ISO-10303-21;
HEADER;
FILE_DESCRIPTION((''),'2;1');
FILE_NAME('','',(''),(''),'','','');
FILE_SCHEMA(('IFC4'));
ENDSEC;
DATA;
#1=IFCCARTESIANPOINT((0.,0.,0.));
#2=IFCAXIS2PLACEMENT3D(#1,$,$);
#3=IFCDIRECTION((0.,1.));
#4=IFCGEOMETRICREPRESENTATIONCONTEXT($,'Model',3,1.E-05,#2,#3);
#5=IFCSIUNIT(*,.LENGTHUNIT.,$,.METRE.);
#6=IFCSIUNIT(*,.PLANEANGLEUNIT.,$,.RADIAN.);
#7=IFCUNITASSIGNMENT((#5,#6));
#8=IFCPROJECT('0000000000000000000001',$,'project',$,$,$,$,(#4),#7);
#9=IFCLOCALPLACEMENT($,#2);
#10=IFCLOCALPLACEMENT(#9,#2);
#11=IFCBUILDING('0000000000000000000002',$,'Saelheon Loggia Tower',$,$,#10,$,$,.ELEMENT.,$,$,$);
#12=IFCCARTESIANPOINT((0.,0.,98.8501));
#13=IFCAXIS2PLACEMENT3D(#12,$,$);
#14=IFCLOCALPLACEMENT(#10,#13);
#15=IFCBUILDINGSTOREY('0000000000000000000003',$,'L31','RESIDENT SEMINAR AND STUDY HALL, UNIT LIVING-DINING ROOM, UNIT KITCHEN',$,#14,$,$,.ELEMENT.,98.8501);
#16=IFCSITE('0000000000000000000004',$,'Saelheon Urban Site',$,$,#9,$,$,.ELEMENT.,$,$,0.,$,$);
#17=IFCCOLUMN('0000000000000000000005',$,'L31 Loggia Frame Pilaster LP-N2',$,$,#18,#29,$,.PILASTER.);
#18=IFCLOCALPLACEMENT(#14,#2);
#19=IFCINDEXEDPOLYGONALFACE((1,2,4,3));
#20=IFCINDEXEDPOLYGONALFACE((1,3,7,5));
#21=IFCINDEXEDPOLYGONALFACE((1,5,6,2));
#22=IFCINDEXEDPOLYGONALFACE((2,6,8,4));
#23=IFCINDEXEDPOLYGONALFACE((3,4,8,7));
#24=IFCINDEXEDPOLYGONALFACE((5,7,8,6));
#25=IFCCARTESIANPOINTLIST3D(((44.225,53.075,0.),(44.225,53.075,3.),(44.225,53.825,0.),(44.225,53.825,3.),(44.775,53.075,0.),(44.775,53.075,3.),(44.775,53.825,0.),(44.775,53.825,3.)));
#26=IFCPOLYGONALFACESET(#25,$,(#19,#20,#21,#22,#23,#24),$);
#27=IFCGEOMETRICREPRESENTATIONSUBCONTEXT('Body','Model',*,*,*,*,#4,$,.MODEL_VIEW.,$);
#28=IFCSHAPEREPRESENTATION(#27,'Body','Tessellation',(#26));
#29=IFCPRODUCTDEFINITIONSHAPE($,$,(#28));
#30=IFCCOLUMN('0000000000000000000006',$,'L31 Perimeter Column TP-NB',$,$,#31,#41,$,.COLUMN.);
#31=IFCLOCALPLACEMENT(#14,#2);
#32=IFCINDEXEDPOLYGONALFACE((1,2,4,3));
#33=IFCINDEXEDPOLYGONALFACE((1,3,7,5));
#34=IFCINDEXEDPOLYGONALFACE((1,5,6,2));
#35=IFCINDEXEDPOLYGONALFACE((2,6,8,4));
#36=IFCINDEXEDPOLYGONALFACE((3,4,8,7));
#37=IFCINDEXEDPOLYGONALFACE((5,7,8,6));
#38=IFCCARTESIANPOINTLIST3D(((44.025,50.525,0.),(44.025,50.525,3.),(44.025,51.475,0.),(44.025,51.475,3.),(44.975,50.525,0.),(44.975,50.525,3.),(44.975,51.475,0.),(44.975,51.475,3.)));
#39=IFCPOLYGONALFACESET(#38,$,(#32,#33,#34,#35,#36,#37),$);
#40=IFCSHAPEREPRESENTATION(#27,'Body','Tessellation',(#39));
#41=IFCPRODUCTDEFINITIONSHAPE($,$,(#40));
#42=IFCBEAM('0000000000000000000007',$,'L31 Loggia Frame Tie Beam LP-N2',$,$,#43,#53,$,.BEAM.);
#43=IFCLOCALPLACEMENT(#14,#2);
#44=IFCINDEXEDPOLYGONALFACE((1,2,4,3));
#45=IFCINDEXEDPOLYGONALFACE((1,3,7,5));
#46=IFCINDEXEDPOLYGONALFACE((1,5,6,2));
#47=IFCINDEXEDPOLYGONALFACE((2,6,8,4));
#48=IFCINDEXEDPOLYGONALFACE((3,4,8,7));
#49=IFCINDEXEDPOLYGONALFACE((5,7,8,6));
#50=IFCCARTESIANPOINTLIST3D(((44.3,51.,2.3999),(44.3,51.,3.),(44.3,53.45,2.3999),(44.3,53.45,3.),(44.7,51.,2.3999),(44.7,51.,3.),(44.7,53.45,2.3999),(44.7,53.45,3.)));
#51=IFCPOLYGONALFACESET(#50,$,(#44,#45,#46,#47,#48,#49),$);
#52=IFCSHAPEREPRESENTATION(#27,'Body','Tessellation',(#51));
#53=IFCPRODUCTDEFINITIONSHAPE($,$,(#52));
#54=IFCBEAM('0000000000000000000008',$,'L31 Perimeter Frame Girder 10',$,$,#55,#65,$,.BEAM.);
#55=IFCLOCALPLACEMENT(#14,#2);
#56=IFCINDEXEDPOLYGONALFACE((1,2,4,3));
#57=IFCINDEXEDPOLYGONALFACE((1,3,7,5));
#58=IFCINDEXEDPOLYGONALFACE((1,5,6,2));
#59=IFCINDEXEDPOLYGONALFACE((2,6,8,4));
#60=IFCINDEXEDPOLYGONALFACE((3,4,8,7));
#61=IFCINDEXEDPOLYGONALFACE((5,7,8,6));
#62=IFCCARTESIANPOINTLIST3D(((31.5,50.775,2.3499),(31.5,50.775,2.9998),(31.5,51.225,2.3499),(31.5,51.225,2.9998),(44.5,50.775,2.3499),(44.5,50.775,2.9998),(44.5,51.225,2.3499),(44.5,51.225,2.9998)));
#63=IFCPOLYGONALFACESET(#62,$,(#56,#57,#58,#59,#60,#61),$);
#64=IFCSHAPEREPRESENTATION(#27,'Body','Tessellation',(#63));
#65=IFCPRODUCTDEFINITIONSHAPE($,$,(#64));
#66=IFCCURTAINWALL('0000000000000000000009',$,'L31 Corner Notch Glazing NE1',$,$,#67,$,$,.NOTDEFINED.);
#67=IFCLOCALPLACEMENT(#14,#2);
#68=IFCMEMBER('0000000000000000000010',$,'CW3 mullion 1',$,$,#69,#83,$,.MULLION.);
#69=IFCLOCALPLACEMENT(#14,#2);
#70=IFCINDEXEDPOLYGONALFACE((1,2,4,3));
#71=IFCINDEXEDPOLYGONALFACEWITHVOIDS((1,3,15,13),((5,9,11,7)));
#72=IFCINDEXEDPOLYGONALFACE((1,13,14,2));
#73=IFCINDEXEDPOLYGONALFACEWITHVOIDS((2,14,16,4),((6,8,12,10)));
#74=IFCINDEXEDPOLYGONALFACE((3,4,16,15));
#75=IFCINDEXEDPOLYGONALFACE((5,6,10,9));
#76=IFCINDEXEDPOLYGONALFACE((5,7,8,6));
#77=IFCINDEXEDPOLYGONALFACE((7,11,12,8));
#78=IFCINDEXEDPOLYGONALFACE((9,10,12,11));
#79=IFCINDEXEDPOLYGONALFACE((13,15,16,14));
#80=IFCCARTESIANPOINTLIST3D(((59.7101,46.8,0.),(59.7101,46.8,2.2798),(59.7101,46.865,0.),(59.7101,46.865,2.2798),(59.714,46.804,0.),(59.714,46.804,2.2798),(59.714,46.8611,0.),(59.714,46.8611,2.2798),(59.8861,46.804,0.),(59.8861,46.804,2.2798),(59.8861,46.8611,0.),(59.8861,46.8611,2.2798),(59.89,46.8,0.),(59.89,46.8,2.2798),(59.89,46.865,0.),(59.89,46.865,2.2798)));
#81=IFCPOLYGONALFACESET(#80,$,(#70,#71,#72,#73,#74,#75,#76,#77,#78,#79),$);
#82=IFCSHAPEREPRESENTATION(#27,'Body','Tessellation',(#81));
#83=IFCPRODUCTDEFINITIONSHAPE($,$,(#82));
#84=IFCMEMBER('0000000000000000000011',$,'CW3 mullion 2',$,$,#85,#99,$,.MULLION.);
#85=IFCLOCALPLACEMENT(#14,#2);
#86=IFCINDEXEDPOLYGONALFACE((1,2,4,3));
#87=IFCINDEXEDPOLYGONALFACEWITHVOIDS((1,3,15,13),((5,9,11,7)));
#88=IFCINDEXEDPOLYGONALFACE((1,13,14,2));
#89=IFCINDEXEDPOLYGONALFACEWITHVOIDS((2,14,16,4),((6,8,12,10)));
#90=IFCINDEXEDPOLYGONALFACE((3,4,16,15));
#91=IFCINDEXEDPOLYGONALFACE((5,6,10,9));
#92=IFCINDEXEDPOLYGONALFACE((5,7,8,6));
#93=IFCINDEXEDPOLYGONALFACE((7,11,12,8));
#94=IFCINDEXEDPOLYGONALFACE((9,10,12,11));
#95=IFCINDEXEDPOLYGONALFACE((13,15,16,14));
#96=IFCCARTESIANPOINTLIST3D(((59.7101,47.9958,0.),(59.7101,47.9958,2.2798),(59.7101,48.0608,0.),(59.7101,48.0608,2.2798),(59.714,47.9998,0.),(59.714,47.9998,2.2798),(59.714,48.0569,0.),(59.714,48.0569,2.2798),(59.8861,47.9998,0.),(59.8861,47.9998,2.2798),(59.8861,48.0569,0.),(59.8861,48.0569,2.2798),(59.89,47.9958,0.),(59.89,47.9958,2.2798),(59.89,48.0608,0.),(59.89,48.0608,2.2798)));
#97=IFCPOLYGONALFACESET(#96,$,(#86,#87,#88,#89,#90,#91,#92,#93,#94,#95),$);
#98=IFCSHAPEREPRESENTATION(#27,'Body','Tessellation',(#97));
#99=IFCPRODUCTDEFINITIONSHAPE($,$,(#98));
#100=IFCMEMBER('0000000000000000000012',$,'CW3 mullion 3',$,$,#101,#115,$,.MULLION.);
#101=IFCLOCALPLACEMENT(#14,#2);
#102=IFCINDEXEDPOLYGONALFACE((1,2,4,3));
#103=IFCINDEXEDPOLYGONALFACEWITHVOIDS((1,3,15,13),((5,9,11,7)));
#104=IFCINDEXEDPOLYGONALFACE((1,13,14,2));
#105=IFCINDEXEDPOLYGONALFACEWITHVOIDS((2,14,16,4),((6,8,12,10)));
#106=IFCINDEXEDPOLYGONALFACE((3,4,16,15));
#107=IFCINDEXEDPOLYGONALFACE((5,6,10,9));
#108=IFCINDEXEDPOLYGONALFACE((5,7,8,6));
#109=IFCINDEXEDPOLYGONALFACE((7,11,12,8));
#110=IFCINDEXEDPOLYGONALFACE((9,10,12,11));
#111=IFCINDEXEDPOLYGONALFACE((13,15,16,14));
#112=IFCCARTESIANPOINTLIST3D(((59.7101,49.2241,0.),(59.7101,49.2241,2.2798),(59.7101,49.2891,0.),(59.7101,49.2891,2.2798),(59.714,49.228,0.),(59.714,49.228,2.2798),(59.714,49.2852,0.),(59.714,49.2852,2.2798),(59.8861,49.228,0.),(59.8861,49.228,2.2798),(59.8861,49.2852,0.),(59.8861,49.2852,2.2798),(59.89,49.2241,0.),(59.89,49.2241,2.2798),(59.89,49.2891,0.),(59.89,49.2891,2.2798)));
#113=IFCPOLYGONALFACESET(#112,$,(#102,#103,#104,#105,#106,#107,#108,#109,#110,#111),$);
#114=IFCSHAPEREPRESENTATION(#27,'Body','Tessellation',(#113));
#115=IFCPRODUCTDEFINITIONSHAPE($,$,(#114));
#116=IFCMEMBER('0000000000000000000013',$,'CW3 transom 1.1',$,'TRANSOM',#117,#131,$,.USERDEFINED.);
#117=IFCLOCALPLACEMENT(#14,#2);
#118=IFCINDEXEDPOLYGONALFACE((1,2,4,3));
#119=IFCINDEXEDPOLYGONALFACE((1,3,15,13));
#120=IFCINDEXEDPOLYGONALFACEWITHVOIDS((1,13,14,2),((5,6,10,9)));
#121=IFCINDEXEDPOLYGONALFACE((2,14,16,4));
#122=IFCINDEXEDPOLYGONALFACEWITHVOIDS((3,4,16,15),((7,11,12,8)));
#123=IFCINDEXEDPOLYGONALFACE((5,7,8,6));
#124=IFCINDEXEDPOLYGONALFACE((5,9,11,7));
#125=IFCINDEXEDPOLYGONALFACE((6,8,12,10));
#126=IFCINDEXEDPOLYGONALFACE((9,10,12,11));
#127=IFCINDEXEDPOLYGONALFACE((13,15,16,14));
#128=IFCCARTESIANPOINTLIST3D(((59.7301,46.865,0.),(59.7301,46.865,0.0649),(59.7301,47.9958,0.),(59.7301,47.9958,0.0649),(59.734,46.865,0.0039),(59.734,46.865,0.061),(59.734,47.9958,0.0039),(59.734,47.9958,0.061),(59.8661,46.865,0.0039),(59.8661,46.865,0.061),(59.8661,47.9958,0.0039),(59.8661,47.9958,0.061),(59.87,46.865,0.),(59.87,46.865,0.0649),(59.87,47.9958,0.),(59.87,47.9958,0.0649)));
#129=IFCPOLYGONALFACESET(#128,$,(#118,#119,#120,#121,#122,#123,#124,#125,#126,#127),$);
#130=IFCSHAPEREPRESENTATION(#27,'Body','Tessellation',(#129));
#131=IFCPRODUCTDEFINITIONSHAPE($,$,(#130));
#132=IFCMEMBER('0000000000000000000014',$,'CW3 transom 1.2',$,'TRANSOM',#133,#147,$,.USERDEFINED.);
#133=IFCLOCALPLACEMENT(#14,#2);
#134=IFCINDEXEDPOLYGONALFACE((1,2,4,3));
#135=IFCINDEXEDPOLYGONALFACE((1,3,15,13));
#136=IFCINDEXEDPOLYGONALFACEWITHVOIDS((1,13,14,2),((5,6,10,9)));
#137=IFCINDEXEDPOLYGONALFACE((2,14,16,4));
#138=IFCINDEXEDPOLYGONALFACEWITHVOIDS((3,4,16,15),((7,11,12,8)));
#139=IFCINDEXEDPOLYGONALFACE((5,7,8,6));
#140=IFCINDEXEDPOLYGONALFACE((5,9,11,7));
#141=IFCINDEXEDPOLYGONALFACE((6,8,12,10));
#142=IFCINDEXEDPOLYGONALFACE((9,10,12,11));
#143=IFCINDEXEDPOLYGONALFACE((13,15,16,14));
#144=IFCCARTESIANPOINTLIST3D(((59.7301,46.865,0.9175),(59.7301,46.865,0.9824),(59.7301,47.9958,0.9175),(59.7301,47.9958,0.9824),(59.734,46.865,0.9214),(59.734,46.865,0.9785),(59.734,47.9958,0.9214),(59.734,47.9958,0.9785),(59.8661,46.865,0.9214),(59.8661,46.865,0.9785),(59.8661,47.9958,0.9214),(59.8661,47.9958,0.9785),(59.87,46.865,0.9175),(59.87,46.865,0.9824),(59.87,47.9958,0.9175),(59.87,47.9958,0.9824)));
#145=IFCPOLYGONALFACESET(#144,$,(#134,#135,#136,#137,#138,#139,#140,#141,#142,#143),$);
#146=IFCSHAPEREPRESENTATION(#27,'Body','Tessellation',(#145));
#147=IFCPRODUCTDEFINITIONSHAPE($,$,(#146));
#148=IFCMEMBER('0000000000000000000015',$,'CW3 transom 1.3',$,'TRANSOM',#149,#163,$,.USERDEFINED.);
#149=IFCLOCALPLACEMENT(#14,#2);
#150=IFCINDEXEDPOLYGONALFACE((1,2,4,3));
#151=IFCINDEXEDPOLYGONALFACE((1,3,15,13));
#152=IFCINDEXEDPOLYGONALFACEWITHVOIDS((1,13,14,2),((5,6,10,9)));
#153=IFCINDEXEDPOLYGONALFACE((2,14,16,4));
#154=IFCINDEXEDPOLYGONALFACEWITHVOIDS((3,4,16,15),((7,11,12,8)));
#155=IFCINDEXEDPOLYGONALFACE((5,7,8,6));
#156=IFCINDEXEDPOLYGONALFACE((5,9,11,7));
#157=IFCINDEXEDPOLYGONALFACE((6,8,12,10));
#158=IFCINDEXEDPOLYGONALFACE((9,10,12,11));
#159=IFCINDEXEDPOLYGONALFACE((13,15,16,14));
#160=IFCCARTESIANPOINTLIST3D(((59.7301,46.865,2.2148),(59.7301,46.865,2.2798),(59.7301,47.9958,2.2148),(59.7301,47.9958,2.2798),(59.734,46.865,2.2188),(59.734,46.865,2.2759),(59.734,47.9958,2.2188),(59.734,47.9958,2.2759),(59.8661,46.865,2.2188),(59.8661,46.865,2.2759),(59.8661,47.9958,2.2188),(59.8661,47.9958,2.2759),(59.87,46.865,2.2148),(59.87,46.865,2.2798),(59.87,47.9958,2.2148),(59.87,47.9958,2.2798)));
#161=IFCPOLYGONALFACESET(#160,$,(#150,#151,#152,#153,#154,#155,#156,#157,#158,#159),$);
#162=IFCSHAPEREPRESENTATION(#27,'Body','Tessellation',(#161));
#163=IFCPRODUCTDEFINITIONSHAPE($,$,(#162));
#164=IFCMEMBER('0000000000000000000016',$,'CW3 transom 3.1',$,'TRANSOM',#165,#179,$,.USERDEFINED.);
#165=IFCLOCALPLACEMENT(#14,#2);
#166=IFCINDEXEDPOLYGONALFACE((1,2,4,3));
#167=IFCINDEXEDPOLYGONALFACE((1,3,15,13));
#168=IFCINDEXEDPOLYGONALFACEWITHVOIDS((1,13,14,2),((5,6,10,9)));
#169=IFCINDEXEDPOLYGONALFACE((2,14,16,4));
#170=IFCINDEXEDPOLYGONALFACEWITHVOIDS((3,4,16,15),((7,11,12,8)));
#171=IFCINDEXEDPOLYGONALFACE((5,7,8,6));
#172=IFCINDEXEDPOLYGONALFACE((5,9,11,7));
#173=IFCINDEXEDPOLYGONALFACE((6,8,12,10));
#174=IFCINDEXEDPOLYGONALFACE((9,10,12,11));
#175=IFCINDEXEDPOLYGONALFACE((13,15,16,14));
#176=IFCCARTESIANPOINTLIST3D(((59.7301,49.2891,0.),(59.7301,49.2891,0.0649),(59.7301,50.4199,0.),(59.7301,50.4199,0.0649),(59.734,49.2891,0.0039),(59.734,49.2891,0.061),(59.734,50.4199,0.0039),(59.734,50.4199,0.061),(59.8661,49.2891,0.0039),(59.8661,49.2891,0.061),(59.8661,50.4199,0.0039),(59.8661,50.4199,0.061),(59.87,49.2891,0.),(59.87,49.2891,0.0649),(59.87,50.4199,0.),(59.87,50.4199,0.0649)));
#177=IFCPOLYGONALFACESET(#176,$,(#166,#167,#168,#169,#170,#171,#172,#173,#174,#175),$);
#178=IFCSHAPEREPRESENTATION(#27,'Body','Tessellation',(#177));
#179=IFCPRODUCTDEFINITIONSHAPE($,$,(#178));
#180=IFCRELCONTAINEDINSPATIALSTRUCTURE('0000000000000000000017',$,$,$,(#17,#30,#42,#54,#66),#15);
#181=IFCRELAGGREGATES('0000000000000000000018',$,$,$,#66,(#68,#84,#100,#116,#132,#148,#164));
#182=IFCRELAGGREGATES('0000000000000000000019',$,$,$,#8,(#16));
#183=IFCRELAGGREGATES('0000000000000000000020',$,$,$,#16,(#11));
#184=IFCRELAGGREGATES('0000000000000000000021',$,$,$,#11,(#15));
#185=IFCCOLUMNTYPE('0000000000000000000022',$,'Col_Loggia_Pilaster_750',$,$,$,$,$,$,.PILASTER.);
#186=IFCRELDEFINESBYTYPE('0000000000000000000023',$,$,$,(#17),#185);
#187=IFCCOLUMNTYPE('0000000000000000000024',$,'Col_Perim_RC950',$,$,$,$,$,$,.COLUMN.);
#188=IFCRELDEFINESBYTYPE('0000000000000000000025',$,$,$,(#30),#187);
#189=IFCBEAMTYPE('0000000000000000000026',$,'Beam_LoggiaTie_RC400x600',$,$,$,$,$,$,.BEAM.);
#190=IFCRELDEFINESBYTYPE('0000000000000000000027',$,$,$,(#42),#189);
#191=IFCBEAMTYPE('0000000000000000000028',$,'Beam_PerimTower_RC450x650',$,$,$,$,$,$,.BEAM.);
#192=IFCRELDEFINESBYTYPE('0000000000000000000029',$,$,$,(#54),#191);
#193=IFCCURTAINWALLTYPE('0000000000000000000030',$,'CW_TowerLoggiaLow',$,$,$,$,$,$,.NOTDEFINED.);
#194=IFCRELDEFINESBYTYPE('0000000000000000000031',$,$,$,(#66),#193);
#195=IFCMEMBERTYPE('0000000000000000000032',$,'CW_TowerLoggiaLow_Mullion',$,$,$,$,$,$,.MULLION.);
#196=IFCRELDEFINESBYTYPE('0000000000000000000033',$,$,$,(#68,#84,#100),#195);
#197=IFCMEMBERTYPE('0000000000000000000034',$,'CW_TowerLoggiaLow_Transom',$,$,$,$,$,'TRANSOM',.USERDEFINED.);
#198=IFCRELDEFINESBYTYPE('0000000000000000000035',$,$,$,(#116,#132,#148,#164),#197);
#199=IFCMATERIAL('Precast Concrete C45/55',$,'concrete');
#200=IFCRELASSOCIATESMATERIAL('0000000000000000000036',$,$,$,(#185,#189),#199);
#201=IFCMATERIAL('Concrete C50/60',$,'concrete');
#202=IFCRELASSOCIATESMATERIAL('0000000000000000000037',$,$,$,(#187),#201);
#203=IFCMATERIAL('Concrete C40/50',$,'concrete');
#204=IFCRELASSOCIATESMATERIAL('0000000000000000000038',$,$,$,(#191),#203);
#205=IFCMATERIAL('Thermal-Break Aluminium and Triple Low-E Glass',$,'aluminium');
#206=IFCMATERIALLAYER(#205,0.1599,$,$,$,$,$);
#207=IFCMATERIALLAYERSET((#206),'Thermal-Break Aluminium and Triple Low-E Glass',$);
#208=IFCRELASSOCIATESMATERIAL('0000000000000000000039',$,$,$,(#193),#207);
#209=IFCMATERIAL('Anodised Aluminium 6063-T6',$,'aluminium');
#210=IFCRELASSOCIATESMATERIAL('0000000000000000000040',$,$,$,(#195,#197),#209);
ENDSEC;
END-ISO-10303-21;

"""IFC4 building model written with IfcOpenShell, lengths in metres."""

from ifc_helpers import new_model, si_unit, direction, frame, origin, origin_2d, place, context, subcontext, project, spatial, rectangle, hollow_rectangle, extrude, source, transform, mapped, material, layer, layer_set, material_profile, profile_set, type_object, element, aggregate, save


model = new_model("IFC4")

# Units and contexts
model_context = context("Model", 3, precision=1e-05, world=origin(), true_north=direction((0.0, 1.0)))
body_context = subcontext(model_context, "Body", "Model", "MODEL_VIEW")
ifc_project = project(units=[si_unit("LENGTHUNIT", "METRE"), si_unit("PLANEANGLEUNIT", "RADIAN")], contexts=[model_context])

# Site, building, storey
site_placement = place(None, origin())
site = spatial("IfcSite", under=ifc_project, at=site_placement, Name="Saelheon Urban Site", CompositionType="ELEMENT", RefElevation=0.0)
building_placement = place(site_placement, origin())
building = spatial("IfcBuilding", under=site, at=building_placement, Name="Saelheon Loggia Tower", CompositionType="ELEMENT")
storey_placement = place(building_placement, frame((0.0, 0.0, 98.8501)))
storey = spatial("IfcBuildingStorey", under=building, at=storey_placement, Name="L31", Description="RESIDENT SEMINAR AND STUDY HALL, UNIT LIVING-DINING ROOM, UNIT KITCHEN", CompositionType="ELEMENT", Elevation=98.8501)

# Columns
ifc_material_1 = material(Name="Precast Concrete C45/55", Category="concrete")
ifc_material_profile_1 = material_profile(ifc_material_1, rectangle(XDim=0.55, YDim=0.75, at=origin_2d()), Name="RC-550x750")
ifc_profile_set_1 = profile_set([ifc_material_profile_1], Name="Precast Concrete C45/55")
column_type_1 = type_object("IfcColumnType", Name="Col_Loggia_Pilaster_750", PredefinedType="PILASTER", material=ifc_profile_set_1)
shared_shape_1 = source(origin(), body_context, "Body", "SweptSolid", [
    extrude(rectangle(XDim=0.55, YDim=0.75, at=origin_2d()), origin(), (0.0, 0.0, 1.0), 3.0),
])
column_1_placement = place(storey_placement, frame((44.5, 53.45, 0.0), z_axis=(0.0, 0.0, 1.0), x_axis=(1.0, 0.0, 0.0)))
element("IfcColumn", 1, at=column_1_placement, inside=storey, type_object=column_type_1, Name="L31 Loggia Frame Pilaster LP-N2", PredefinedType="PILASTER", context=body_context, shape_type="MappedRepresentation", body=[
    mapped(shared_shape_1, transform((0.0, 0.0, 0.0), scale=1.0)),
])
ifc_material_2 = material(Name="Concrete C50/60", Category="concrete")
ifc_material_profile_2 = material_profile(ifc_material_2, rectangle(XDim=0.95, YDim=0.95, at=origin_2d()), Name="RC-950x950")
ifc_profile_set_2 = profile_set([ifc_material_profile_2], Name="Concrete C50/60")
column_type_2 = type_object("IfcColumnType", Name="Col_Perim_RC950", PredefinedType="COLUMN", material=ifc_profile_set_2)
shared_shape_2 = source(origin(), body_context, "Body", "SweptSolid", [
    extrude(rectangle(XDim=0.95, YDim=0.95, at=origin_2d()), origin(), (0.0, 0.0, 1.0), 3.0),
])
column_2_placement = place(storey_placement, frame((44.5, 51.0, 0.0), z_axis=(0.0, 0.0, 1.0), x_axis=(1.0, 0.0, 0.0)))
element("IfcColumn", 2, at=column_2_placement, inside=storey, type_object=column_type_2, Name="L31 Perimeter Column TP-NB", PredefinedType="COLUMN", context=body_context, shape_type="MappedRepresentation", body=[
    mapped(shared_shape_2, transform((0.0, 0.0, 0.0), scale=1.0)),
])

# Beams
ifc_material_profile_3 = material_profile(ifc_material_1, rectangle(XDim=0.3999, YDim=0.6001, at=origin_2d()), Name="RC-400x600")
ifc_profile_set_3 = profile_set([ifc_material_profile_3], Name="Precast Concrete C45/55")
beam_type_1 = type_object("IfcBeamType", Name="Beam_LoggiaTie_RC400x600", PredefinedType="BEAM", material=ifc_profile_set_3)
shared_shape_3 = source(origin(), body_context, "Body", "SweptSolid", [
    extrude(rectangle(XDim=0.3999, YDim=0.6001, at=origin_2d()), origin(), (0.0, 0.0, 1.0), 2.45),
])
beam_1_placement = place(storey_placement, frame((44.5, 51.0, 2.7), z_axis=(0.0, 1.0, 0.0), x_axis=(-1.0, 0.0, 0.0)))
element("IfcBeam", 3, at=beam_1_placement, inside=storey, type_object=beam_type_1, Name="L31 Loggia Frame Tie Beam LP-N2", PredefinedType="BEAM", context=body_context, shape_type="MappedRepresentation", body=[
    mapped(shared_shape_3, transform((0.0, 0.0, 0.0), scale=1.0)),
])
ifc_material_3 = material(Name="Concrete C40/50", Category="concrete")
ifc_material_profile_4 = material_profile(ifc_material_3, rectangle(XDim=0.45, YDim=0.6499, at=origin_2d()), Name="RC-450x650")
ifc_profile_set_4 = profile_set([ifc_material_profile_4], Name="Concrete C40/50")
beam_type_2 = type_object("IfcBeamType", Name="Beam_PerimTower_RC450x650", PredefinedType="BEAM", material=ifc_profile_set_4)
shared_shape_4 = source(origin(), body_context, "Body", "SweptSolid", [
    extrude(rectangle(XDim=0.45, YDim=0.6499, at=origin_2d()), origin(), (0.0, 0.0, 1.0), 13.0),
])
beam_2_placement = place(storey_placement, frame((44.5, 51.0, 2.6748), z_axis=(-1.0, 0.0, 0.0), x_axis=(0.0, -1.0, 0.0)))
element("IfcBeam", 4, at=beam_2_placement, inside=storey, type_object=beam_type_2, Name="L31 Perimeter Frame Girder 10", PredefinedType="BEAM", context=body_context, shape_type="MappedRepresentation", body=[
    mapped(shared_shape_4, transform((0.0, 0.0, 0.0), scale=1.0)),
])

# Curtain wall, members
ifc_material_4 = material(Name="Thermal-Break Aluminium and Triple Low-E Glass", Category="aluminium")
ifc_layer_1 = layer(ifc_material_4, 0.1599)
ifc_layer_set_1 = layer_set([ifc_layer_1], Name="Thermal-Break Aluminium and Triple Low-E Glass")
curtain_wall_type = type_object("IfcCurtainWallType", Name="CW_TowerLoggiaLow", PredefinedType="NOTDEFINED", material=ifc_layer_set_1)
curtain_wall_placement = place(storey_placement, origin())
curtain_wall = element("IfcCurtainWall", 5, at=curtain_wall_placement, inside=storey, type_object=curtain_wall_type, Name="L31 Corner Notch Glazing NE1", PredefinedType="NOTDEFINED")
ifc_material_5 = material(Name="Anodised Aluminium 6063-T6", Category="aluminium")
ifc_material_profile_5 = material_profile(ifc_material_5, hollow_rectangle(XDim=0.0649, YDim=0.1799, WallThickness=0.0039, at=origin_2d()), Name="RHS-180x65x4")
ifc_profile_set_5 = profile_set([ifc_material_profile_5], Name="Anodised Aluminium 6063-T6")
member_type_1 = type_object("IfcMemberType", Name="CW_TowerLoggiaLow_Mullion", PredefinedType="MULLION", material=ifc_profile_set_5)
shared_shape_5 = source(origin(), body_context, "Body", "SweptSolid", [
    extrude(hollow_rectangle(XDim=0.0649, YDim=0.1799, WallThickness=0.0039, at=origin_2d()), origin(), (0.0, 0.0, 1.0), 2.2798),
])
member_1_placement = place(storey_placement, frame((59.8, 46.8325, 0.0), z_axis=(0.0, 0.0, 1.0), x_axis=(0.0, 1.0, 0.0)))
member_1 = element("IfcMember", 6, at=member_1_placement, type_object=member_type_1, Name="CW3 mullion 1", PredefinedType="MULLION", context=body_context, shape_type="MappedRepresentation", body=[
    mapped(shared_shape_5, transform((0.0, 0.0, 0.0), scale=1.0)),
])
member_2_placement = place(storey_placement, frame((59.8, 48.0283, 0.0), z_axis=(0.0, 0.0, 1.0), x_axis=(0.0, 1.0, 0.0)))
member_2 = element("IfcMember", 7, at=member_2_placement, type_object=member_type_1, Name="CW3 mullion 2", PredefinedType="MULLION", context=body_context, shape_type="MappedRepresentation", body=[
    mapped(shared_shape_5, transform((0.0, 0.0, 0.0), scale=1.0)),
])
member_3_placement = place(storey_placement, frame((59.8, 49.2566, 0.0), z_axis=(0.0, 0.0, 1.0), x_axis=(0.0, 1.0, 0.0)))
member_3 = element("IfcMember", 8, at=member_3_placement, type_object=member_type_1, Name="CW3 mullion 3", PredefinedType="MULLION", context=body_context, shape_type="MappedRepresentation", body=[
    mapped(shared_shape_5, transform((0.0, 0.0, 0.0), scale=1.0)),
])
ifc_material_profile_6 = material_profile(ifc_material_5, hollow_rectangle(XDim=0.0649, YDim=0.1399, WallThickness=0.0039, at=origin_2d()), Name="RHS-140x65x4")
ifc_profile_set_6 = profile_set([ifc_material_profile_6], Name="Anodised Aluminium 6063-T6")
member_type_2 = type_object("IfcMemberType", Name="CW_TowerLoggiaLow_Transom", ElementType="TRANSOM", PredefinedType="USERDEFINED", material=ifc_profile_set_6)
shared_shape_6 = source(origin(), body_context, "Body", "SweptSolid", [
    extrude(hollow_rectangle(XDim=0.0649, YDim=0.1399, WallThickness=0.0039, at=origin_2d()), origin(), (0.0, 0.0, 1.0), 1.1309),
])
member_4_placement = place(storey_placement, frame((59.8, 46.865, 0.0325), z_axis=(0.0, 1.0, 0.0), x_axis=(0.0, 0.0, 1.0)))
member_4 = element("IfcMember", 9, at=member_4_placement, type_object=member_type_2, Name="CW3 transom 1.1", ObjectType="TRANSOM", PredefinedType="USERDEFINED", context=body_context, shape_type="MappedRepresentation", body=[
    mapped(shared_shape_6, transform((0.0, 0.0, 0.0), scale=1.0)),
])
member_5_placement = place(storey_placement, frame((59.8, 46.865, 0.95), z_axis=(0.0, 1.0, 0.0), x_axis=(0.0, 0.0, 1.0)))
member_5 = element("IfcMember", 10, at=member_5_placement, type_object=member_type_2, Name="CW3 transom 1.2", ObjectType="TRANSOM", PredefinedType="USERDEFINED", context=body_context, shape_type="MappedRepresentation", body=[
    mapped(shared_shape_6, transform((0.0, 0.0, 0.0), scale=1.0)),
])
member_6_placement = place(storey_placement, frame((59.8, 46.865, 2.2473), z_axis=(0.0, 1.0, 0.0), x_axis=(0.0, 0.0, 1.0)))
member_6 = element("IfcMember", 11, at=member_6_placement, type_object=member_type_2, Name="CW3 transom 1.3", ObjectType="TRANSOM", PredefinedType="USERDEFINED", context=body_context, shape_type="MappedRepresentation", body=[
    mapped(shared_shape_6, transform((0.0, 0.0, 0.0), scale=1.0)),
])
member_7_placement = place(storey_placement, frame((59.8, 49.2891, 0.0325), z_axis=(0.0, 1.0, 0.0), x_axis=(0.0, 0.0, 1.0)))
member_7 = element("IfcMember", 12, at=member_7_placement, type_object=member_type_2, Name="CW3 transom 3.1", ObjectType="TRANSOM", PredefinedType="USERDEFINED", context=body_context, shape_type="MappedRepresentation", body=[
    mapped(shared_shape_6, transform((0.0, 0.0, 0.0), scale=1.0)),
])
aggregate(curtain_wall, [member_1, member_2, member_3, member_4, member_5, member_6, member_7])

save(model, "model.ifc")
